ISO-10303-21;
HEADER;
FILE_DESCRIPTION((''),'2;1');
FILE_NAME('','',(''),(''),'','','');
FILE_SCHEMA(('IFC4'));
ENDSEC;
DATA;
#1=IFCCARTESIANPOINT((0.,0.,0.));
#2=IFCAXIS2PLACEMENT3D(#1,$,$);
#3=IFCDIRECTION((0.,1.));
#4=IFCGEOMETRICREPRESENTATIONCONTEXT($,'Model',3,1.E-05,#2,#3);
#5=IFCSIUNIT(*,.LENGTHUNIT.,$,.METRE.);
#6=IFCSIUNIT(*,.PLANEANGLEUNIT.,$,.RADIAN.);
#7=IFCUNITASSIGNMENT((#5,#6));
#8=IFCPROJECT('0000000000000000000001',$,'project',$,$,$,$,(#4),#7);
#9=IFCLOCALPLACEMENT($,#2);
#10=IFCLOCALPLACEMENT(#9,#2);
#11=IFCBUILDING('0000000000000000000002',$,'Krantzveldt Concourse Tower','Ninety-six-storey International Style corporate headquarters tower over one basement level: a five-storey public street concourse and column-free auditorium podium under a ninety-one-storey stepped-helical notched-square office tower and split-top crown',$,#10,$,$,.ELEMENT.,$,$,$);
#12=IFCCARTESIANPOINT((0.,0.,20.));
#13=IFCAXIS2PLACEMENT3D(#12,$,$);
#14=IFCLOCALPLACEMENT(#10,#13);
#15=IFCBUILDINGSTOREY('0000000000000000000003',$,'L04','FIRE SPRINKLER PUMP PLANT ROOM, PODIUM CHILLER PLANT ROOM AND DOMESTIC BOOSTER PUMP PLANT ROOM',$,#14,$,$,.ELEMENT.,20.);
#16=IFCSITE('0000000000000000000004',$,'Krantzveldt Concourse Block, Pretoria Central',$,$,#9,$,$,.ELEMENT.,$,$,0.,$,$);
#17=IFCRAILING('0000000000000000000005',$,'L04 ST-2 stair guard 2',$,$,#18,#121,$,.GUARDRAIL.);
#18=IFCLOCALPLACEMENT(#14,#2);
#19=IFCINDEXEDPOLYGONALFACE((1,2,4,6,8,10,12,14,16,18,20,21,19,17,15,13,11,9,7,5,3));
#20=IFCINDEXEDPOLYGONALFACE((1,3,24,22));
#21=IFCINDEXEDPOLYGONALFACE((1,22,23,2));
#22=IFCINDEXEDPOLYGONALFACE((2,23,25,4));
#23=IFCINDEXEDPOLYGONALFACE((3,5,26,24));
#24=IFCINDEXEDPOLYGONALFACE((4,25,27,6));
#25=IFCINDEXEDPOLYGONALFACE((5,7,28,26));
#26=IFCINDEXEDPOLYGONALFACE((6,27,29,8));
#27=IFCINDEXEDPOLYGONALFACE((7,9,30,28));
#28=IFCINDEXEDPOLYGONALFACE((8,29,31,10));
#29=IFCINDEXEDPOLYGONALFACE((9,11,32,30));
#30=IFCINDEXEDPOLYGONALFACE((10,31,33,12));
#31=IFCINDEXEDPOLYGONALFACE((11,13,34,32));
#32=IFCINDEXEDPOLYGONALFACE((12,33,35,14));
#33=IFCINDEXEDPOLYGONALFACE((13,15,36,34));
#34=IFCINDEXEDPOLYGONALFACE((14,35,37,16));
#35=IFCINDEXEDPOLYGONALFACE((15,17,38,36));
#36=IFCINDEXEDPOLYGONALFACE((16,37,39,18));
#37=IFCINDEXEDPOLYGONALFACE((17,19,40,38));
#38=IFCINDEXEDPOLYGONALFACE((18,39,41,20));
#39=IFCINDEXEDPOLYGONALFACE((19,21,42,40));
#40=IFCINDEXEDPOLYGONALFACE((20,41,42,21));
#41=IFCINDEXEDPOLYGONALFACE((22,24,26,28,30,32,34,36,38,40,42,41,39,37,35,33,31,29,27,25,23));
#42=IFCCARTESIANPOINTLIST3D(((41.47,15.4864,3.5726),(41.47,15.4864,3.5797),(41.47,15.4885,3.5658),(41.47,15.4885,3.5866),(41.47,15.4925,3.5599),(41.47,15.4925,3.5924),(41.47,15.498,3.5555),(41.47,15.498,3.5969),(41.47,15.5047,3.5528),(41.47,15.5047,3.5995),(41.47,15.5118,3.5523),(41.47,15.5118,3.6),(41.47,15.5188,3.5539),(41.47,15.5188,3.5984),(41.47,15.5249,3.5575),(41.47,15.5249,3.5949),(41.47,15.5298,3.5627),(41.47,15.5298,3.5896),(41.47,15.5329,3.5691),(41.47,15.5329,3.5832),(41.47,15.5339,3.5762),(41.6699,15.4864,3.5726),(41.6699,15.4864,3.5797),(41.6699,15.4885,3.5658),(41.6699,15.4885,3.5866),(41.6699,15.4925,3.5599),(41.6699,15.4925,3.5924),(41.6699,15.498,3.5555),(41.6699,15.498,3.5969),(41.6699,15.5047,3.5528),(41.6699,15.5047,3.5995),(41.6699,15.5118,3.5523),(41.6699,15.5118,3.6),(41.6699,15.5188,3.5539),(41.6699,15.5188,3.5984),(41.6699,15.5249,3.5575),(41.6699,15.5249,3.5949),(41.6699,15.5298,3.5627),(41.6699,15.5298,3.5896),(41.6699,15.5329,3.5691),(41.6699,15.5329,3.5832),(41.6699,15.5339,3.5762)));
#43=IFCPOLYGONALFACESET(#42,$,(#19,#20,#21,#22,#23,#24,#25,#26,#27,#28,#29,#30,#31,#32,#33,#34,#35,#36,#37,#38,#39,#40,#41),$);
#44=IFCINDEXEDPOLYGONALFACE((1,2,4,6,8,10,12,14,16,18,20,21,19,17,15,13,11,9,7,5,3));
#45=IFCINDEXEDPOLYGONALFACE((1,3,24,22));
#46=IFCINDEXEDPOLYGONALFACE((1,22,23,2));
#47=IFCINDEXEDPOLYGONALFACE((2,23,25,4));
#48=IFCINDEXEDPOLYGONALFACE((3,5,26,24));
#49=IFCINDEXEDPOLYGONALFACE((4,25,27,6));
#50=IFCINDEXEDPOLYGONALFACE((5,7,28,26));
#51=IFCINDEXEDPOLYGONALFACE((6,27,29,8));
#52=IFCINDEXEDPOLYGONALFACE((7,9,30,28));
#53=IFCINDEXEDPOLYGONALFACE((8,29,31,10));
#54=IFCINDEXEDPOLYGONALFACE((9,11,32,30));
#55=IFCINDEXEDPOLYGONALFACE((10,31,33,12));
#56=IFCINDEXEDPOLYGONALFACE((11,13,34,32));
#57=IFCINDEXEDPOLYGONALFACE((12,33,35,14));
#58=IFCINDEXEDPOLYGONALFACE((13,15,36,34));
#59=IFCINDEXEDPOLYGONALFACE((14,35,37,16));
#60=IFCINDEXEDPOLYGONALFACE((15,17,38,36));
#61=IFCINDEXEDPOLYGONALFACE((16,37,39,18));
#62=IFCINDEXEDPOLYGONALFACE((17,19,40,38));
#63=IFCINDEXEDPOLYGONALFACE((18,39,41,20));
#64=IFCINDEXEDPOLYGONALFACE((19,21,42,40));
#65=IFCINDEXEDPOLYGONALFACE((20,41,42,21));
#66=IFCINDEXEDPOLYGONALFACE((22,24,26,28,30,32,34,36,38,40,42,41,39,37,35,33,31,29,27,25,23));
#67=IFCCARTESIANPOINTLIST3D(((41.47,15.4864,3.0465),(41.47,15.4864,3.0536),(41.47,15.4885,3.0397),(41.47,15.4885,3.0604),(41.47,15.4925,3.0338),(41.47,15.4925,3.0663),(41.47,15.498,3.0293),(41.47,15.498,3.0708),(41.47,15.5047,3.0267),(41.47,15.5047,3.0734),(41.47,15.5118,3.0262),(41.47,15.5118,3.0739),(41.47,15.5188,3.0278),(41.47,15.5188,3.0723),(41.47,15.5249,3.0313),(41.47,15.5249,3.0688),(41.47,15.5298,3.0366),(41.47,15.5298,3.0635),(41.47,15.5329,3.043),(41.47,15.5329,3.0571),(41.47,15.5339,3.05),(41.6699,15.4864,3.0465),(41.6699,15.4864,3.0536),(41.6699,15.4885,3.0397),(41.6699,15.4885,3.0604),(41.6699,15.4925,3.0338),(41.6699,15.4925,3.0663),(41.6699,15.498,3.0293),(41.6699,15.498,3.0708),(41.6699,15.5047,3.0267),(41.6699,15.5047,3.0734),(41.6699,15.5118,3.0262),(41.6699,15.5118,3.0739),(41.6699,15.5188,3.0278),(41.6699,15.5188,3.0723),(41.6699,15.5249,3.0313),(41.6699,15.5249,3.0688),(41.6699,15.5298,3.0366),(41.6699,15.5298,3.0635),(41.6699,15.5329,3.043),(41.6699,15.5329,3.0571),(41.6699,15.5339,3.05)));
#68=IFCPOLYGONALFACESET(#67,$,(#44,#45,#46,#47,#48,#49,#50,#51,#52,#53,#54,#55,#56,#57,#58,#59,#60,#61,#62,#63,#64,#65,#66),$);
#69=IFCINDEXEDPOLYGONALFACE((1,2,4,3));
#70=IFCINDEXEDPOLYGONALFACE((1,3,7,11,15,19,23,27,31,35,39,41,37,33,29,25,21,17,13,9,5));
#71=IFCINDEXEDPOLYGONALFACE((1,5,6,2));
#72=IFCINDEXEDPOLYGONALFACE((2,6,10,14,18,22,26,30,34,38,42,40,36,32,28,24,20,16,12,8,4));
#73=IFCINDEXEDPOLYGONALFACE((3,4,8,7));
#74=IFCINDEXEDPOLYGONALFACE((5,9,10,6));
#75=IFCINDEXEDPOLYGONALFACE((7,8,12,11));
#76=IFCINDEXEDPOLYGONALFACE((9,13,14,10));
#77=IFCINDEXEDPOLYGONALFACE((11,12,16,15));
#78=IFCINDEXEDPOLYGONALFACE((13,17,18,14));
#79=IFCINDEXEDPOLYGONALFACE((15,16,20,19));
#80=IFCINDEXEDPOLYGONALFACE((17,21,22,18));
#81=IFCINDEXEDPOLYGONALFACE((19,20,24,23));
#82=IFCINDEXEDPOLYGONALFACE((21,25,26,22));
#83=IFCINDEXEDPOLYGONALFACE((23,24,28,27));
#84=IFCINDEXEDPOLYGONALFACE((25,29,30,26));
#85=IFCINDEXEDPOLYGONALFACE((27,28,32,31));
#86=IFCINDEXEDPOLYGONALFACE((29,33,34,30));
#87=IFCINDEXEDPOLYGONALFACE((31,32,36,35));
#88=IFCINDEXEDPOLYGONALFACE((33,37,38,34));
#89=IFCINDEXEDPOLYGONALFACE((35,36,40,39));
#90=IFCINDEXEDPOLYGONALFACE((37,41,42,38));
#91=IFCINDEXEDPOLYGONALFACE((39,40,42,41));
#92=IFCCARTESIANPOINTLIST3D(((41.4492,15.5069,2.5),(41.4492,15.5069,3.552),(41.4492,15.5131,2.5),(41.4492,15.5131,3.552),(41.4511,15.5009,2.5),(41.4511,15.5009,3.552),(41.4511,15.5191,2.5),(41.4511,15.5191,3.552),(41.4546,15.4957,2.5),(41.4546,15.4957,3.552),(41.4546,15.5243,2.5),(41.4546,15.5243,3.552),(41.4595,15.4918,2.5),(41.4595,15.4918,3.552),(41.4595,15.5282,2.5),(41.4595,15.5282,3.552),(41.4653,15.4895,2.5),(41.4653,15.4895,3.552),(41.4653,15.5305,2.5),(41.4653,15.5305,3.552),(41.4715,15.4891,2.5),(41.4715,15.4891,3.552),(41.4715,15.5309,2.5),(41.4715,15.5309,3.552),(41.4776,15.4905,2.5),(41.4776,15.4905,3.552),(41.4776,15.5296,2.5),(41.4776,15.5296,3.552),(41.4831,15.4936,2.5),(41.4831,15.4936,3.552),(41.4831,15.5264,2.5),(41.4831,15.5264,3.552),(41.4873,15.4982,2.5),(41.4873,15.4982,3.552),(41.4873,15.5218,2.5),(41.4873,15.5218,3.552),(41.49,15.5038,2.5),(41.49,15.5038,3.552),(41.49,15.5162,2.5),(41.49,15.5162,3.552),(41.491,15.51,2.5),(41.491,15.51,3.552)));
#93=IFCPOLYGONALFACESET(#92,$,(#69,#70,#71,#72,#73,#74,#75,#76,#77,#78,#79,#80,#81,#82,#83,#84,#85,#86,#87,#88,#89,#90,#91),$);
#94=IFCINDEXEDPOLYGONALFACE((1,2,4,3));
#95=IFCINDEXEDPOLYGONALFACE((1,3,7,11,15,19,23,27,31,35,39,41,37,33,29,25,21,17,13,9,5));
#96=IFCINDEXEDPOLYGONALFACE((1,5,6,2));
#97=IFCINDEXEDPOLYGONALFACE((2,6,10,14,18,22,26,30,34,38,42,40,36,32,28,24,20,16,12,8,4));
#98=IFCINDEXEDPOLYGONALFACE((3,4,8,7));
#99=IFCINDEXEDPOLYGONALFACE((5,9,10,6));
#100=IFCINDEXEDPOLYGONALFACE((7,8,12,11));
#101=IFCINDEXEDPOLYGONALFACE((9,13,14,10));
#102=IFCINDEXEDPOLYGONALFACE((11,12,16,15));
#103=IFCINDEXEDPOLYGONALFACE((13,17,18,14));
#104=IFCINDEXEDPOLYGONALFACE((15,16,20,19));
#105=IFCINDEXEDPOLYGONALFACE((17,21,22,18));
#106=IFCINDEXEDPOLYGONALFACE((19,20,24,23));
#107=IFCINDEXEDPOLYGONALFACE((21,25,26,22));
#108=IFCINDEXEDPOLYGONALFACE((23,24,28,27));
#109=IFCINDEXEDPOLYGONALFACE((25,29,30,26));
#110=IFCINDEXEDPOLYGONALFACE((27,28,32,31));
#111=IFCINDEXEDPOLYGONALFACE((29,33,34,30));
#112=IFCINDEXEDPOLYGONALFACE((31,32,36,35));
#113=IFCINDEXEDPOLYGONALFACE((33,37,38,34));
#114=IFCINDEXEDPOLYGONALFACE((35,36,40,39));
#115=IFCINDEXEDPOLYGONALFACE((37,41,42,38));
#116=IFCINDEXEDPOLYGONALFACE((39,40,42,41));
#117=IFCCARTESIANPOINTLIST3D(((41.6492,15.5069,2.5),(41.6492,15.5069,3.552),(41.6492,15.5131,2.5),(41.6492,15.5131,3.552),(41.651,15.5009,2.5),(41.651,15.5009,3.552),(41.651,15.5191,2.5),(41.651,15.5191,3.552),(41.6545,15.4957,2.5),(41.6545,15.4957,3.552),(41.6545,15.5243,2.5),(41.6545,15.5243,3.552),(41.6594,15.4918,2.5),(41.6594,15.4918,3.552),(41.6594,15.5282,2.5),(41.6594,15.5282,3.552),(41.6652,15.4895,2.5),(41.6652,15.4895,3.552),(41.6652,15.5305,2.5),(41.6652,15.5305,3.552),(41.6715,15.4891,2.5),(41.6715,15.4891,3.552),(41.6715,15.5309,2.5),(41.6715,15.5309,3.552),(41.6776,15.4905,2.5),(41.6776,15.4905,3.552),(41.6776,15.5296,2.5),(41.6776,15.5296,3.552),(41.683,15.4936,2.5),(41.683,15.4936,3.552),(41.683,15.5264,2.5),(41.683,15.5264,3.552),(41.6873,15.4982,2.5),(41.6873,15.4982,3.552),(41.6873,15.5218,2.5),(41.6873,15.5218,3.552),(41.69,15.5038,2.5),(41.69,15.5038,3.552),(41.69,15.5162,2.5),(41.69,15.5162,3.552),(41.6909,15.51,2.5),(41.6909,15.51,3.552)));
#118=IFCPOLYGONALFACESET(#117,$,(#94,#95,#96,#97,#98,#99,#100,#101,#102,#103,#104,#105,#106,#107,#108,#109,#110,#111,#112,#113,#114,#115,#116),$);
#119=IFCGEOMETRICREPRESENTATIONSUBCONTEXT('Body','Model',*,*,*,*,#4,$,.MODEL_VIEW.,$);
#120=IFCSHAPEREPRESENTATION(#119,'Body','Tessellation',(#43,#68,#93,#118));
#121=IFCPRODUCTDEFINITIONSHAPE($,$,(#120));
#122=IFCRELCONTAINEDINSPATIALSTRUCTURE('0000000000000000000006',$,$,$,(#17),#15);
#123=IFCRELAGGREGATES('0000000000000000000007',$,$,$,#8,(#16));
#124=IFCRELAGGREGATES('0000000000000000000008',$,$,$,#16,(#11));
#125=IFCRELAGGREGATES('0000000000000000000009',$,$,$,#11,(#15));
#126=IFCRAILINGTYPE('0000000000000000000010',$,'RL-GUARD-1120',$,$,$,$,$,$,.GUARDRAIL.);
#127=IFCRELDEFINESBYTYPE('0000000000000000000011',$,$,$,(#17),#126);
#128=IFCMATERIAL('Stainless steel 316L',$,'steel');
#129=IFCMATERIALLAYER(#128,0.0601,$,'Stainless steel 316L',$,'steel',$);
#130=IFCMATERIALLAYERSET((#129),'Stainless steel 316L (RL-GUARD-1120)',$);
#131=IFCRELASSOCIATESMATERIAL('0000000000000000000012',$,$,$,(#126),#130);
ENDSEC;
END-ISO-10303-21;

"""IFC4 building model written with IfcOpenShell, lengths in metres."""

from ifc_helpers import new_model, si_unit, direction, frame, origin, origin_2d, place, context, subcontext, project, spatial, circle, extrude, material, layer, layer_set, type_object, element, save


model = new_model("IFC4")

# Units and contexts
model_context = context("Model", 3, precision=1e-05, world=origin(), true_north=direction((0.0, 1.0)))
body_context = subcontext(model_context, "Body", "Model", "MODEL_VIEW")
ifc_project = project(units=[si_unit("LENGTHUNIT", "METRE"), si_unit("PLANEANGLEUNIT", "RADIAN")], contexts=[model_context])

# Site, building, storey
site_placement = place(None, origin())
site = spatial("IfcSite", under=ifc_project, at=site_placement, Name="Krantzveldt Concourse Block, Pretoria Central", CompositionType="ELEMENT", RefElevation=0.0)
building_placement = place(site_placement, origin())
building = spatial("IfcBuilding", under=site, at=building_placement, Name="Krantzveldt Concourse Tower", Description="Ninety-six-storey International Style corporate headquarters tower over one basement level: a five-storey public street concourse and column-free auditorium podium under a ninety-one-storey stepped-helical notched-square office tower and split-top crown", CompositionType="ELEMENT")
storey_placement = place(building_placement, frame((0.0, 0.0, 20.0)))
storey = spatial("IfcBuildingStorey", under=building, at=storey_placement, Name="L04", Description="FIRE SPRINKLER PUMP PLANT ROOM, PODIUM CHILLER PLANT ROOM AND DOMESTIC BOOSTER PUMP PLANT ROOM", CompositionType="ELEMENT", Elevation=20.0)

# Railing
ifc_material_1 = material(Name="Stainless steel 316L", Category="steel")
ifc_layer_1 = layer(ifc_material_1, 0.0601, Name="Stainless steel 316L", Category="steel")
ifc_layer_set_1 = layer_set([ifc_layer_1], Name="Stainless steel 316L (RL-GUARD-1120)")
railing_type_1 = type_object("IfcRailingType", Name="RL-GUARD-1120", PredefinedType="GUARDRAIL", material=ifc_layer_set_1)
railing_1_placement = place(storey_placement, frame((41.47, 15.51, 2.5)))
element("IfcRailing", 1, at=railing_1_placement, inside=storey, type_object=railing_type_1, Name="L04 ST-2 stair guard 2", PredefinedType="GUARDRAIL", context=body_context, shape_type="SweptSolid", body=[
    extrude(circle(Radius=0.0239, at=origin_2d()), frame((0.0, 0.0, 1.0762), z_axis=(1.0, 0.0, 0.0), x_axis=(0.0, 1.0, 0.0)), (0.0, 0.0, 1.0), 0.2),
    extrude(circle(Radius=0.0239, at=origin_2d()), frame((0.0, 0.0, 0.55), z_axis=(1.0, 0.0, 0.0), x_axis=(0.0, 1.0, 0.0)), (0.0, 0.0, 1.0), 0.2),
    extrude(circle(Radius=0.021, at=origin_2d()), origin(), (0.0, 0.0, 1.0), 1.052),
    extrude(circle(Radius=0.021, at=origin_2d()), frame((0.2, 0.0, 0.0)), (0.0, 0.0, 1.0), 1.052),
])

save(model, "model.ifc")
